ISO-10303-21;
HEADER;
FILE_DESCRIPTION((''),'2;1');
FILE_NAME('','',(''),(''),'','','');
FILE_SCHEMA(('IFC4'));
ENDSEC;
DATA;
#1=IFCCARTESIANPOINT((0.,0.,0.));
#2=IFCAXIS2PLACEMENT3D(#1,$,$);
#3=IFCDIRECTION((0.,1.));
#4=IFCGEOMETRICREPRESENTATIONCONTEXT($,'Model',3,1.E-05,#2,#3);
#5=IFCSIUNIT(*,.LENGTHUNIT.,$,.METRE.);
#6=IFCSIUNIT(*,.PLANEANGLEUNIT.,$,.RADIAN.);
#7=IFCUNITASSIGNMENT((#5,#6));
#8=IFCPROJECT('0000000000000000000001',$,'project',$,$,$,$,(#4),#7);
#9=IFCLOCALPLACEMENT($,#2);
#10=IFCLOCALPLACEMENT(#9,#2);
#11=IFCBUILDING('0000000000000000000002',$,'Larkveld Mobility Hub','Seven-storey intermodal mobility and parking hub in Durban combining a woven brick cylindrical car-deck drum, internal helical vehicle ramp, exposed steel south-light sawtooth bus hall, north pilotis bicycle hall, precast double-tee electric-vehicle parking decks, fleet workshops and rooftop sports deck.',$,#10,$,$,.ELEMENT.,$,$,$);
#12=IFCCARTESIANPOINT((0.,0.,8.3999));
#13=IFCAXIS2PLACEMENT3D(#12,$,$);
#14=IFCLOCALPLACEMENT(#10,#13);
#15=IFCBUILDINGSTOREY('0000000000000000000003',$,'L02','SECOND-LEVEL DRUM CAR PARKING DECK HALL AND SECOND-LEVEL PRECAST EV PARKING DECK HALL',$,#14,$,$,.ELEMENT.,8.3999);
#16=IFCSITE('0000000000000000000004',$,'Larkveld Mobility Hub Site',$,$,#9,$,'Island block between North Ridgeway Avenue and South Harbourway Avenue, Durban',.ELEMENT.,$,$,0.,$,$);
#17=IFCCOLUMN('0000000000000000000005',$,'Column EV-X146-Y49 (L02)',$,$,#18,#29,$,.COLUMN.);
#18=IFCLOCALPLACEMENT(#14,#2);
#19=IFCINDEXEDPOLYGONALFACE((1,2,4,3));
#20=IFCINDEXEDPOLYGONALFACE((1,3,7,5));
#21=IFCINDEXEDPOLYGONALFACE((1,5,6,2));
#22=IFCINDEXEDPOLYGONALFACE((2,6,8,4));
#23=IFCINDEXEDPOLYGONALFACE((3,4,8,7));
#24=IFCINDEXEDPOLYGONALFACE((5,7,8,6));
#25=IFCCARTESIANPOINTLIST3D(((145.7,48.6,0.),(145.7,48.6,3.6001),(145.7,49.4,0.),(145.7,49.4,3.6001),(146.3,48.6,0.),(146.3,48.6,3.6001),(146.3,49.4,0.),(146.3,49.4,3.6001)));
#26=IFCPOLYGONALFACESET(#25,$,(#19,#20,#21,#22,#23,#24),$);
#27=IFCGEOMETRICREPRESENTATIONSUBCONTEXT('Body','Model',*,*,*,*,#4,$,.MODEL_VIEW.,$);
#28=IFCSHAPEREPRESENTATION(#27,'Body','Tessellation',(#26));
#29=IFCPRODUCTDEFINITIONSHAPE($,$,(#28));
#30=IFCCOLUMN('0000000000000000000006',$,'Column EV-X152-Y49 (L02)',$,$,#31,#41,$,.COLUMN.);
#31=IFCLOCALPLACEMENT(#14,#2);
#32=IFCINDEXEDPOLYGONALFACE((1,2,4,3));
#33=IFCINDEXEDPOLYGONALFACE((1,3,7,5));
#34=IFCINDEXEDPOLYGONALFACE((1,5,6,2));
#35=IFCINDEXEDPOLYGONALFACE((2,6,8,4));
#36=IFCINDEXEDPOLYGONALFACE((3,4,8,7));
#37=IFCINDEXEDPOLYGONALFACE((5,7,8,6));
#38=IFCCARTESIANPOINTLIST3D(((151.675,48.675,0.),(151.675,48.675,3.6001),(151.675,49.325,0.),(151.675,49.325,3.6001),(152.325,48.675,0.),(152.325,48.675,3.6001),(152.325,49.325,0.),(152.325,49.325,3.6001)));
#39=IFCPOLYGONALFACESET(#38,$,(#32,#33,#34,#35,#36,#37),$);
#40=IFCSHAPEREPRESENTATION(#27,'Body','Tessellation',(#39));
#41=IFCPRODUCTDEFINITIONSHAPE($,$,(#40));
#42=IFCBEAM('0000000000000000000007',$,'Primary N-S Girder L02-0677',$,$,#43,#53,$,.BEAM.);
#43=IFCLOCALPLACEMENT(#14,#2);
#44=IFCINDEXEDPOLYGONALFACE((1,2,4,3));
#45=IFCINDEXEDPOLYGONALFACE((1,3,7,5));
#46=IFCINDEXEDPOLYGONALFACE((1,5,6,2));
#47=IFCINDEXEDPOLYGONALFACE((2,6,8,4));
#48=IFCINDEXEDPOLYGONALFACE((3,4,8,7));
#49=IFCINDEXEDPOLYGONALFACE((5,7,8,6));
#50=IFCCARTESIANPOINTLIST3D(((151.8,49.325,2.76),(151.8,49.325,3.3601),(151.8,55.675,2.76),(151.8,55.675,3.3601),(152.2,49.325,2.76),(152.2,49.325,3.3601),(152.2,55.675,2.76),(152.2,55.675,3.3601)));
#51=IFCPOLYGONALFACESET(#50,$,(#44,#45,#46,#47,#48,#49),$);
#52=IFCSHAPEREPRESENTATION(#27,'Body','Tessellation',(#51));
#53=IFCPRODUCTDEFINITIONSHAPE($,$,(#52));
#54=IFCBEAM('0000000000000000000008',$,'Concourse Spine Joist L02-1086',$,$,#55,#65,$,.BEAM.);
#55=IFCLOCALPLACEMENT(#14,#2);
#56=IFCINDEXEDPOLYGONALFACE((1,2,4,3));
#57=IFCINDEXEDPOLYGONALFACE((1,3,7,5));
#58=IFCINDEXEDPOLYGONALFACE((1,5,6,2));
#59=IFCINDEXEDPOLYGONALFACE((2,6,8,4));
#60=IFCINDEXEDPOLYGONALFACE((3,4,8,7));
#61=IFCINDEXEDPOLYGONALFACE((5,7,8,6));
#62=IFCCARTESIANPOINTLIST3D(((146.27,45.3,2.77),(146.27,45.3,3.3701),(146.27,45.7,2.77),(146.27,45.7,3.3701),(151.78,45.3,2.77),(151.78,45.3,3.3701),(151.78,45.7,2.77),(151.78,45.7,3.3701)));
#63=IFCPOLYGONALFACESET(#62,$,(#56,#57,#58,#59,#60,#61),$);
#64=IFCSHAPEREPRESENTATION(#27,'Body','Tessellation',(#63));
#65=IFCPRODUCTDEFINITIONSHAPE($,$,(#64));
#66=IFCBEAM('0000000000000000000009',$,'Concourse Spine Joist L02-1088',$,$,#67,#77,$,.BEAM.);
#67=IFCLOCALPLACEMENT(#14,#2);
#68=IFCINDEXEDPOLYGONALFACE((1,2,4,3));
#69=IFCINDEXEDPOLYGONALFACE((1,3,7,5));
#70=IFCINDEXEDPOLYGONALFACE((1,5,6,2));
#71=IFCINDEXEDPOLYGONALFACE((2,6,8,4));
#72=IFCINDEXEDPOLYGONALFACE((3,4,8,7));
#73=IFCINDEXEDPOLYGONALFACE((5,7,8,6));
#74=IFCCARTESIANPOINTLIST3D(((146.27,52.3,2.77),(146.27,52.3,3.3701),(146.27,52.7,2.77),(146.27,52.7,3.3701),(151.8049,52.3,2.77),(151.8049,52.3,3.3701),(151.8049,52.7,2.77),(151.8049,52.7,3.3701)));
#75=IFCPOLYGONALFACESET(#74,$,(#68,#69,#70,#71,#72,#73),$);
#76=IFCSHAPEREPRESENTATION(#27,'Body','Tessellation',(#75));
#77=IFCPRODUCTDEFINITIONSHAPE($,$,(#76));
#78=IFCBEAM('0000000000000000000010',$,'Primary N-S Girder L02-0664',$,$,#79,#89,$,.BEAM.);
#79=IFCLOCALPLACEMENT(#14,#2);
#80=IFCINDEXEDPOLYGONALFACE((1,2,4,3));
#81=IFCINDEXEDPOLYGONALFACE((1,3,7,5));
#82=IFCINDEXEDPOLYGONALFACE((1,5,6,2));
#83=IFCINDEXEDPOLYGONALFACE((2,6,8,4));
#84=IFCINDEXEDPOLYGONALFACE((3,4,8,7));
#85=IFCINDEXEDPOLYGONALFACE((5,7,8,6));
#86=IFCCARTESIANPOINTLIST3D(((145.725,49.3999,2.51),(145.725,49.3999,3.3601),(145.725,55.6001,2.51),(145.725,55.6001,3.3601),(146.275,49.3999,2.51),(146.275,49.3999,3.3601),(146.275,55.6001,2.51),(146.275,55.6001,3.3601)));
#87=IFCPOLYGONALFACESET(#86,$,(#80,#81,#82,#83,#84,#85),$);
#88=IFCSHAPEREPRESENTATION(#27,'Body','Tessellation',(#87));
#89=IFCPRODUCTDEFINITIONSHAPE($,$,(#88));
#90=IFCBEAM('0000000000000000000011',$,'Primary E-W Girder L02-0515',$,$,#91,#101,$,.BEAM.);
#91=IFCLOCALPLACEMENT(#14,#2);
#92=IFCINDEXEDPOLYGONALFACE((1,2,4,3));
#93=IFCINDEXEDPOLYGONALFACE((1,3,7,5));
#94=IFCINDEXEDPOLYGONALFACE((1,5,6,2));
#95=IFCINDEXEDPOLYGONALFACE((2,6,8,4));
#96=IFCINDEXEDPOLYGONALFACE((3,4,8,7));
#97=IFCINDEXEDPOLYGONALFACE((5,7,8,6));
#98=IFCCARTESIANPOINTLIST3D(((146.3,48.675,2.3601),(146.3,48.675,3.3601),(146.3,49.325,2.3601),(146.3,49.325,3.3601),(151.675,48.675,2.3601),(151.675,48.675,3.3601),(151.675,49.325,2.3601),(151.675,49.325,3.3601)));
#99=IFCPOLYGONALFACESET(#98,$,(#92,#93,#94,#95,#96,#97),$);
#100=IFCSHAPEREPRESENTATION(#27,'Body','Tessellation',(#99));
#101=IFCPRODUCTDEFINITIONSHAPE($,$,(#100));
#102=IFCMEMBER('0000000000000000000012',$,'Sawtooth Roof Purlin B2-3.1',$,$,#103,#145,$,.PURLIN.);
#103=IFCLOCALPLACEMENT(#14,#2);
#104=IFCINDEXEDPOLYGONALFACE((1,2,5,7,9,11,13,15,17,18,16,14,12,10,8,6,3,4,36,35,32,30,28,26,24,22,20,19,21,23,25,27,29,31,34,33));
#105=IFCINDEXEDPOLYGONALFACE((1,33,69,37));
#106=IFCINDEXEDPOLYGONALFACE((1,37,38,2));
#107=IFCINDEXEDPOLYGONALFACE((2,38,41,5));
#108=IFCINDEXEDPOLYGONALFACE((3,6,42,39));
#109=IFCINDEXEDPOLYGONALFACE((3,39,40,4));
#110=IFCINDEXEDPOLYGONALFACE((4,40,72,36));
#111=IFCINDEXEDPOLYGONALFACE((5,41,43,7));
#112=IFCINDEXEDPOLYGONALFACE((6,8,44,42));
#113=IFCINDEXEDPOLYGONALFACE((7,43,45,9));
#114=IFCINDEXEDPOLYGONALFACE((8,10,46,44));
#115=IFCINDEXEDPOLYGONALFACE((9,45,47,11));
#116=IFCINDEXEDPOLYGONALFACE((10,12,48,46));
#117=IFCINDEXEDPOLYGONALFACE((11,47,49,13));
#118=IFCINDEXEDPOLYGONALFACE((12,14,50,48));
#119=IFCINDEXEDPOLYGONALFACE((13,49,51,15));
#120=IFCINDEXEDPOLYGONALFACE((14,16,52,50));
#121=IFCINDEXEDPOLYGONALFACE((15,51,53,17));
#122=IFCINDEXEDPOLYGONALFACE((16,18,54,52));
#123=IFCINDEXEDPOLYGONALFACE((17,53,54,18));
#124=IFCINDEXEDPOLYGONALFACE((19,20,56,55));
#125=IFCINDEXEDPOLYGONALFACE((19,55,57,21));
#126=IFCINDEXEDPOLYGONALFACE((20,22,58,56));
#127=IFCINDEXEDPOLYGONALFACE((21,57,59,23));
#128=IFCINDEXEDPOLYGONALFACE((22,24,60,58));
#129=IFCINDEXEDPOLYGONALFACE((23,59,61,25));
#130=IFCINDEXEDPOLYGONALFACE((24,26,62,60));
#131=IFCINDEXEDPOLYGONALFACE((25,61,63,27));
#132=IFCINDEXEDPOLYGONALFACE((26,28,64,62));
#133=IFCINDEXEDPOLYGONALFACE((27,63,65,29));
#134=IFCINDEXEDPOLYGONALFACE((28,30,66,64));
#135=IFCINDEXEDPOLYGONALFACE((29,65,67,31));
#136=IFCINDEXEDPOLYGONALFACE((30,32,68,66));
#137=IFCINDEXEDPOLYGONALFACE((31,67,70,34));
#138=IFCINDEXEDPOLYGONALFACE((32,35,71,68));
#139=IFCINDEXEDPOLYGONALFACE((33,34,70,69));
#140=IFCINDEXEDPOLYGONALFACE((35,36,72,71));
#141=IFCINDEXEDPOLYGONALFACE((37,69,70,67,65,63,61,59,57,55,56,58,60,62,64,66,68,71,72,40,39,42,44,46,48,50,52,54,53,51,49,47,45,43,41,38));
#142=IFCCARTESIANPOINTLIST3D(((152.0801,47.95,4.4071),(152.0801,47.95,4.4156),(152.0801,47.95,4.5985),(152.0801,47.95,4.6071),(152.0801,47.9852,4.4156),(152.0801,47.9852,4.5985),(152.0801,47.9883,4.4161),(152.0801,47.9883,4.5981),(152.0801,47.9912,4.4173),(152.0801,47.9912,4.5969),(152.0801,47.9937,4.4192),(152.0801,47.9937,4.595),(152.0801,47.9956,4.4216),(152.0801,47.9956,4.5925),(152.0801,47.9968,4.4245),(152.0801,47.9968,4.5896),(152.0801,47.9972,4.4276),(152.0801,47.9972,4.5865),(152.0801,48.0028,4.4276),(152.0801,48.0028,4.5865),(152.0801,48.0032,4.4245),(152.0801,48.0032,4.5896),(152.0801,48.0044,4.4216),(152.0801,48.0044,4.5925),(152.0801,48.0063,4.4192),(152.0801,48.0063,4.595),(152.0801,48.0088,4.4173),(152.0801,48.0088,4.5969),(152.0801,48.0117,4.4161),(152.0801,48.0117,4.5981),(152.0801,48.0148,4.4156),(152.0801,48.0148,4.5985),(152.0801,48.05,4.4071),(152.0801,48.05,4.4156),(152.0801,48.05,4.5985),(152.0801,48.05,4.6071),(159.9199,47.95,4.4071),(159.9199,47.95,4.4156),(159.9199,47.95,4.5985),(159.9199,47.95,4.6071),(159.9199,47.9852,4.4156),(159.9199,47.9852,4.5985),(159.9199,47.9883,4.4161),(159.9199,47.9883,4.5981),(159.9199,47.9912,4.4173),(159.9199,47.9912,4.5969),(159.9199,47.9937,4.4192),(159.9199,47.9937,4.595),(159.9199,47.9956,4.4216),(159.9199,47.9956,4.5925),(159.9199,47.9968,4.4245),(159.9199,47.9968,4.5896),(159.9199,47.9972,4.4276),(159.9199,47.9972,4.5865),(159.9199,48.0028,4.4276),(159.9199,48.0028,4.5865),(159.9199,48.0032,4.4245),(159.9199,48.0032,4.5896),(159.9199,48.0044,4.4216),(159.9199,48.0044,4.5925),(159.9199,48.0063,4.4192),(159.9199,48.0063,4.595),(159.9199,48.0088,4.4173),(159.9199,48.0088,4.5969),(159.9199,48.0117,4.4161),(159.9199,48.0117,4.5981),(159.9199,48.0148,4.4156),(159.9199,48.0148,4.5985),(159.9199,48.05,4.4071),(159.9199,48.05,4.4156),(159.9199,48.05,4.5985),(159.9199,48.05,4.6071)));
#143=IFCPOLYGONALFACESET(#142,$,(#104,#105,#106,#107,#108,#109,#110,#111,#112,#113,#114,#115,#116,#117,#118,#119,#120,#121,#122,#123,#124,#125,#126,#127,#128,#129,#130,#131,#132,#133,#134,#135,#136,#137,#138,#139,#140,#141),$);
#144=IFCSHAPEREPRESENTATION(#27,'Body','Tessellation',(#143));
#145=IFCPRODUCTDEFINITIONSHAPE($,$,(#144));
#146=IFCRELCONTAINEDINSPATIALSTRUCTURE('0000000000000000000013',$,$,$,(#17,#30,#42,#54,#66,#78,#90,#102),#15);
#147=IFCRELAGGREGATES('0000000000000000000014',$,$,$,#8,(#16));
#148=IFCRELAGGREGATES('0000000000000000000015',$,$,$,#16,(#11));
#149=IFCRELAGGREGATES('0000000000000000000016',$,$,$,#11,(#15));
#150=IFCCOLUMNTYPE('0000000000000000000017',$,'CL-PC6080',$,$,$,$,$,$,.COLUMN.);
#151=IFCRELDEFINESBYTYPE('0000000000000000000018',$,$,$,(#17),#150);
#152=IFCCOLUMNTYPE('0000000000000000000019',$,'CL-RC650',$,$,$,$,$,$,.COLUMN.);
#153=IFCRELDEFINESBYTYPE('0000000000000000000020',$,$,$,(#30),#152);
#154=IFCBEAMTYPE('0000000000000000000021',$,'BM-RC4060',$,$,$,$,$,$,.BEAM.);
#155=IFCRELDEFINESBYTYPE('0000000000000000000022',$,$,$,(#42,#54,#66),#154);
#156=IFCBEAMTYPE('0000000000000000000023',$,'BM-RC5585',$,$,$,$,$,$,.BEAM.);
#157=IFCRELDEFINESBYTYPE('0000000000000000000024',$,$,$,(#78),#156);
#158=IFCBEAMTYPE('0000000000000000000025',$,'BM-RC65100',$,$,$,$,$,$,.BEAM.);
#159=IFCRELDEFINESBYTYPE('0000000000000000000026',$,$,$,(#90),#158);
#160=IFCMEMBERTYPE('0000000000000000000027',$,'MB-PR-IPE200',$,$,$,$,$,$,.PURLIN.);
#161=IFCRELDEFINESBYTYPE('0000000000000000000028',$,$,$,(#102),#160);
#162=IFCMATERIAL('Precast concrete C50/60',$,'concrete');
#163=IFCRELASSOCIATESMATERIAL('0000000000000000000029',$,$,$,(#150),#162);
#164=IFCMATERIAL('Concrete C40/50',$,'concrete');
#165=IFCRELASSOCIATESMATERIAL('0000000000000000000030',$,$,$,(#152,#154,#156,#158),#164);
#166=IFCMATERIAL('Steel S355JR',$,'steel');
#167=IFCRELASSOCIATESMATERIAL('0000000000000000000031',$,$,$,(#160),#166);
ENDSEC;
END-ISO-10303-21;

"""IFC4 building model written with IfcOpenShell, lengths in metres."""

from ifc_helpers import new_model, si_unit, direction, frame, origin, origin_2d, place, context, subcontext, project, spatial, rectangle, i_section, extrude, material, material_profile, profile_set, type_object, element, save


model = new_model("IFC4")

# Units and contexts
model_context = context("Model", 3, precision=1e-05, world=origin(), true_north=direction((0.0, 1.0)))
body_context = subcontext(model_context, "Body", "Model", "MODEL_VIEW")
ifc_project = project(units=[si_unit("LENGTHUNIT", "METRE"), si_unit("PLANEANGLEUNIT", "RADIAN")], contexts=[model_context])

# Site, building, storey
site_placement = place(None, origin())
site = spatial("IfcSite", under=ifc_project, at=site_placement, Name="Larkveld Mobility Hub Site", LongName="Island block between North Ridgeway Avenue and South Harbourway Avenue, Durban", CompositionType="ELEMENT", RefElevation=0.0)
building_placement = place(site_placement, origin())
building = spatial("IfcBuilding", under=site, at=building_placement, Name="Larkveld Mobility Hub", Description="Seven-storey intermodal mobility and parking hub in Durban combining a woven brick cylindrical car-deck drum, internal helical vehicle ramp, exposed steel south-light sawtooth bus hall, north pilotis bicycle hall, precast double-tee electric-vehicle parking decks, fleet workshops and rooftop sports deck.", CompositionType="ELEMENT")
storey_placement = place(building_placement, frame((0.0, 0.0, 8.3999)))
storey = spatial("IfcBuildingStorey", under=building, at=storey_placement, Name="L02", Description="SECOND-LEVEL DRUM CAR PARKING DECK HALL AND SECOND-LEVEL PRECAST EV PARKING DECK HALL", CompositionType="ELEMENT", Elevation=8.3999)

# Columns
ifc_material_1 = material(Name="Precast concrete C50/60", Category="concrete")
ifc_material_profile_1 = material_profile(ifc_material_1, rectangle(XDim=0.6001, YDim=0.8, at=origin_2d()), Name="RC COL 600x800")
ifc_profile_set_1 = profile_set([ifc_material_profile_1], Name="Precast concrete C50/60")
column_type_1 = type_object("IfcColumnType", Name="CL-PC6080", PredefinedType="COLUMN", material=ifc_profile_set_1)
column_1_placement = place(storey_placement, frame((146.0, 49.0, 0.0), z_axis=(0.0, 0.0, 1.0), x_axis=(1.0, 0.0, 0.0)))
element("IfcColumn", 1, at=column_1_placement, inside=storey, type_object=column_type_1, Name="Column EV-X146-Y49 (L02)", PredefinedType="COLUMN", context=body_context, shape_type="SweptSolid", body=[
    extrude(rectangle(XDim=0.6001, YDim=0.8, at=origin_2d()), origin(), (0.0, 0.0, 1.0), 3.6001),
])
ifc_material_2 = material(Name="Concrete C40/50", Category="concrete")
ifc_material_profile_2 = material_profile(ifc_material_2, rectangle(XDim=0.6499, YDim=0.6499, at=origin_2d()), Name="RC COL 650x650")
ifc_profile_set_2 = profile_set([ifc_material_profile_2], Name="Concrete C40/50")
column_type_2 = type_object("IfcColumnType", Name="CL-RC650", PredefinedType="COLUMN", material=ifc_profile_set_2)
column_2_placement = place(storey_placement, frame((152.0, 49.0, 0.0), z_axis=(0.0, 0.0, 1.0), x_axis=(1.0, 0.0, 0.0)))
element("IfcColumn", 2, at=column_2_placement, inside=storey, type_object=column_type_2, Name="Column EV-X152-Y49 (L02)", PredefinedType="COLUMN", context=body_context, shape_type="SweptSolid", body=[
    extrude(rectangle(XDim=0.6499, YDim=0.6499, at=origin_2d()), origin(), (0.0, 0.0, 1.0), 3.6001),
])

# Beams
ifc_material_profile_3 = material_profile(ifc_material_2, rectangle(XDim=0.3999, YDim=0.6001, at=origin_2d()), Name="RC BM 400x600")
ifc_profile_set_3 = profile_set([ifc_material_profile_3], Name="Concrete C40/50")
beam_type_1 = type_object("IfcBeamType", Name="BM-RC4060", PredefinedType="BEAM", material=ifc_profile_set_3)
beam_1_placement = place(storey_placement, frame((152.0, 49.325, 3.0601), z_axis=(0.0, 1.0, 0.0), x_axis=(-1.0, 0.0, 0.0)))
element("IfcBeam", 3, at=beam_1_placement, inside=storey, type_object=beam_type_1, Name="Primary N-S Girder L02-0677", PredefinedType="BEAM", context=body_context, shape_type="SweptSolid", body=[
    extrude(rectangle(XDim=0.3999, YDim=0.6001, at=origin_2d()), origin(), (0.0, 0.0, 1.0), 6.3501),
])
beam_2_placement = place(storey_placement, frame((146.27, 45.5, 3.0701), z_axis=(1.0, 0.0, 0.0), x_axis=(0.0, 1.0, 0.0)))
element("IfcBeam", 4, at=beam_2_placement, inside=storey, type_object=beam_type_1, Name="Concourse Spine Joist L02-1086", PredefinedType="BEAM", context=body_context, shape_type="SweptSolid", body=[
    extrude(rectangle(XDim=0.3999, YDim=0.6001, at=origin_2d()), origin(), (0.0, 0.0, 1.0), 5.51),
])
beam_3_placement = place(storey_placement, frame((146.27, 52.5, 3.0701), z_axis=(1.0, 0.0, 0.0), x_axis=(0.0, 1.0, 0.0)))
element("IfcBeam", 5, at=beam_3_placement, inside=storey, type_object=beam_type_1, Name="Concourse Spine Joist L02-1088", PredefinedType="BEAM", context=body_context, shape_type="SweptSolid", body=[
    extrude(rectangle(XDim=0.3999, YDim=0.6001, at=origin_2d()), origin(), (0.0, 0.0, 1.0), 5.5349),
])
ifc_material_profile_4 = material_profile(ifc_material_2, rectangle(XDim=0.55, YDim=0.8501, at=origin_2d()), Name="RC BM 550x850")
ifc_profile_set_4 = profile_set([ifc_material_profile_4], Name="Concrete C40/50")
beam_type_2 = type_object("IfcBeamType", Name="BM-RC5585", PredefinedType="BEAM", material=ifc_profile_set_4)
beam_4_placement = place(storey_placement, frame((146.0, 49.3999, 2.9351), z_axis=(0.0, 1.0, 0.0), x_axis=(-1.0, 0.0, 0.0)))
element("IfcBeam", 6, at=beam_4_placement, inside=storey, type_object=beam_type_2, Name="Primary N-S Girder L02-0664", PredefinedType="BEAM", context=body_context, shape_type="SweptSolid", body=[
    extrude(rectangle(XDim=0.55, YDim=0.8501, at=origin_2d()), origin(), (0.0, 0.0, 1.0), 6.2002),
])
ifc_material_profile_5 = material_profile(ifc_material_2, rectangle(XDim=0.6499, YDim=1.0, at=origin_2d()), Name="RC BM 650x1000")
ifc_profile_set_5 = profile_set([ifc_material_profile_5], Name="Concrete C40/50")
beam_type_3 = type_object("IfcBeamType", Name="BM-RC65100", PredefinedType="BEAM", material=ifc_profile_set_5)
beam_5_placement = place(storey_placement, frame((146.3, 49.0, 2.8601), z_axis=(1.0, 0.0, 0.0), x_axis=(0.0, 1.0, 0.0)))
element("IfcBeam", 7, at=beam_5_placement, inside=storey, type_object=beam_type_3, Name="Primary E-W Girder L02-0515", PredefinedType="BEAM", context=body_context, shape_type="SweptSolid", body=[
    extrude(rectangle(XDim=0.6499, YDim=1.0, at=origin_2d()), origin(), (0.0, 0.0, 1.0), 5.375),
])

# Member
ifc_material_3 = material(Name="Steel S355JR", Category="steel")
ifc_material_profile_6 = material_profile(ifc_material_3, i_section(OverallWidth=0.1001, OverallDepth=0.2, WebThickness=0.0056, FlangeThickness=0.0085, FilletRadius=0.012, at=origin_2d()), Name="IPE 200")
ifc_profile_set_6 = profile_set([ifc_material_profile_6], Name="Steel S355JR")
member_type_1 = type_object("IfcMemberType", Name="MB-PR-IPE200", PredefinedType="PURLIN", material=ifc_profile_set_6)
member_1_placement = place(storey_placement, frame((152.0801, 48.0, 4.5071), z_axis=(1.0, 0.0, 0.0), x_axis=(0.0, 1.0, 0.0)))
element("IfcMember", 8, at=member_1_placement, inside=storey, type_object=member_type_1, Name="Sawtooth Roof Purlin B2-3.1", PredefinedType="PURLIN", context=body_context, shape_type="SweptSolid", body=[
    extrude(i_section(OverallWidth=0.1001, OverallDepth=0.2, WebThickness=0.0056, FlangeThickness=0.0085, FilletRadius=0.012, at=origin_2d()), origin(), (0.0, 0.0, 1.0), 7.8398),
])

save(model, "model.ifc")
